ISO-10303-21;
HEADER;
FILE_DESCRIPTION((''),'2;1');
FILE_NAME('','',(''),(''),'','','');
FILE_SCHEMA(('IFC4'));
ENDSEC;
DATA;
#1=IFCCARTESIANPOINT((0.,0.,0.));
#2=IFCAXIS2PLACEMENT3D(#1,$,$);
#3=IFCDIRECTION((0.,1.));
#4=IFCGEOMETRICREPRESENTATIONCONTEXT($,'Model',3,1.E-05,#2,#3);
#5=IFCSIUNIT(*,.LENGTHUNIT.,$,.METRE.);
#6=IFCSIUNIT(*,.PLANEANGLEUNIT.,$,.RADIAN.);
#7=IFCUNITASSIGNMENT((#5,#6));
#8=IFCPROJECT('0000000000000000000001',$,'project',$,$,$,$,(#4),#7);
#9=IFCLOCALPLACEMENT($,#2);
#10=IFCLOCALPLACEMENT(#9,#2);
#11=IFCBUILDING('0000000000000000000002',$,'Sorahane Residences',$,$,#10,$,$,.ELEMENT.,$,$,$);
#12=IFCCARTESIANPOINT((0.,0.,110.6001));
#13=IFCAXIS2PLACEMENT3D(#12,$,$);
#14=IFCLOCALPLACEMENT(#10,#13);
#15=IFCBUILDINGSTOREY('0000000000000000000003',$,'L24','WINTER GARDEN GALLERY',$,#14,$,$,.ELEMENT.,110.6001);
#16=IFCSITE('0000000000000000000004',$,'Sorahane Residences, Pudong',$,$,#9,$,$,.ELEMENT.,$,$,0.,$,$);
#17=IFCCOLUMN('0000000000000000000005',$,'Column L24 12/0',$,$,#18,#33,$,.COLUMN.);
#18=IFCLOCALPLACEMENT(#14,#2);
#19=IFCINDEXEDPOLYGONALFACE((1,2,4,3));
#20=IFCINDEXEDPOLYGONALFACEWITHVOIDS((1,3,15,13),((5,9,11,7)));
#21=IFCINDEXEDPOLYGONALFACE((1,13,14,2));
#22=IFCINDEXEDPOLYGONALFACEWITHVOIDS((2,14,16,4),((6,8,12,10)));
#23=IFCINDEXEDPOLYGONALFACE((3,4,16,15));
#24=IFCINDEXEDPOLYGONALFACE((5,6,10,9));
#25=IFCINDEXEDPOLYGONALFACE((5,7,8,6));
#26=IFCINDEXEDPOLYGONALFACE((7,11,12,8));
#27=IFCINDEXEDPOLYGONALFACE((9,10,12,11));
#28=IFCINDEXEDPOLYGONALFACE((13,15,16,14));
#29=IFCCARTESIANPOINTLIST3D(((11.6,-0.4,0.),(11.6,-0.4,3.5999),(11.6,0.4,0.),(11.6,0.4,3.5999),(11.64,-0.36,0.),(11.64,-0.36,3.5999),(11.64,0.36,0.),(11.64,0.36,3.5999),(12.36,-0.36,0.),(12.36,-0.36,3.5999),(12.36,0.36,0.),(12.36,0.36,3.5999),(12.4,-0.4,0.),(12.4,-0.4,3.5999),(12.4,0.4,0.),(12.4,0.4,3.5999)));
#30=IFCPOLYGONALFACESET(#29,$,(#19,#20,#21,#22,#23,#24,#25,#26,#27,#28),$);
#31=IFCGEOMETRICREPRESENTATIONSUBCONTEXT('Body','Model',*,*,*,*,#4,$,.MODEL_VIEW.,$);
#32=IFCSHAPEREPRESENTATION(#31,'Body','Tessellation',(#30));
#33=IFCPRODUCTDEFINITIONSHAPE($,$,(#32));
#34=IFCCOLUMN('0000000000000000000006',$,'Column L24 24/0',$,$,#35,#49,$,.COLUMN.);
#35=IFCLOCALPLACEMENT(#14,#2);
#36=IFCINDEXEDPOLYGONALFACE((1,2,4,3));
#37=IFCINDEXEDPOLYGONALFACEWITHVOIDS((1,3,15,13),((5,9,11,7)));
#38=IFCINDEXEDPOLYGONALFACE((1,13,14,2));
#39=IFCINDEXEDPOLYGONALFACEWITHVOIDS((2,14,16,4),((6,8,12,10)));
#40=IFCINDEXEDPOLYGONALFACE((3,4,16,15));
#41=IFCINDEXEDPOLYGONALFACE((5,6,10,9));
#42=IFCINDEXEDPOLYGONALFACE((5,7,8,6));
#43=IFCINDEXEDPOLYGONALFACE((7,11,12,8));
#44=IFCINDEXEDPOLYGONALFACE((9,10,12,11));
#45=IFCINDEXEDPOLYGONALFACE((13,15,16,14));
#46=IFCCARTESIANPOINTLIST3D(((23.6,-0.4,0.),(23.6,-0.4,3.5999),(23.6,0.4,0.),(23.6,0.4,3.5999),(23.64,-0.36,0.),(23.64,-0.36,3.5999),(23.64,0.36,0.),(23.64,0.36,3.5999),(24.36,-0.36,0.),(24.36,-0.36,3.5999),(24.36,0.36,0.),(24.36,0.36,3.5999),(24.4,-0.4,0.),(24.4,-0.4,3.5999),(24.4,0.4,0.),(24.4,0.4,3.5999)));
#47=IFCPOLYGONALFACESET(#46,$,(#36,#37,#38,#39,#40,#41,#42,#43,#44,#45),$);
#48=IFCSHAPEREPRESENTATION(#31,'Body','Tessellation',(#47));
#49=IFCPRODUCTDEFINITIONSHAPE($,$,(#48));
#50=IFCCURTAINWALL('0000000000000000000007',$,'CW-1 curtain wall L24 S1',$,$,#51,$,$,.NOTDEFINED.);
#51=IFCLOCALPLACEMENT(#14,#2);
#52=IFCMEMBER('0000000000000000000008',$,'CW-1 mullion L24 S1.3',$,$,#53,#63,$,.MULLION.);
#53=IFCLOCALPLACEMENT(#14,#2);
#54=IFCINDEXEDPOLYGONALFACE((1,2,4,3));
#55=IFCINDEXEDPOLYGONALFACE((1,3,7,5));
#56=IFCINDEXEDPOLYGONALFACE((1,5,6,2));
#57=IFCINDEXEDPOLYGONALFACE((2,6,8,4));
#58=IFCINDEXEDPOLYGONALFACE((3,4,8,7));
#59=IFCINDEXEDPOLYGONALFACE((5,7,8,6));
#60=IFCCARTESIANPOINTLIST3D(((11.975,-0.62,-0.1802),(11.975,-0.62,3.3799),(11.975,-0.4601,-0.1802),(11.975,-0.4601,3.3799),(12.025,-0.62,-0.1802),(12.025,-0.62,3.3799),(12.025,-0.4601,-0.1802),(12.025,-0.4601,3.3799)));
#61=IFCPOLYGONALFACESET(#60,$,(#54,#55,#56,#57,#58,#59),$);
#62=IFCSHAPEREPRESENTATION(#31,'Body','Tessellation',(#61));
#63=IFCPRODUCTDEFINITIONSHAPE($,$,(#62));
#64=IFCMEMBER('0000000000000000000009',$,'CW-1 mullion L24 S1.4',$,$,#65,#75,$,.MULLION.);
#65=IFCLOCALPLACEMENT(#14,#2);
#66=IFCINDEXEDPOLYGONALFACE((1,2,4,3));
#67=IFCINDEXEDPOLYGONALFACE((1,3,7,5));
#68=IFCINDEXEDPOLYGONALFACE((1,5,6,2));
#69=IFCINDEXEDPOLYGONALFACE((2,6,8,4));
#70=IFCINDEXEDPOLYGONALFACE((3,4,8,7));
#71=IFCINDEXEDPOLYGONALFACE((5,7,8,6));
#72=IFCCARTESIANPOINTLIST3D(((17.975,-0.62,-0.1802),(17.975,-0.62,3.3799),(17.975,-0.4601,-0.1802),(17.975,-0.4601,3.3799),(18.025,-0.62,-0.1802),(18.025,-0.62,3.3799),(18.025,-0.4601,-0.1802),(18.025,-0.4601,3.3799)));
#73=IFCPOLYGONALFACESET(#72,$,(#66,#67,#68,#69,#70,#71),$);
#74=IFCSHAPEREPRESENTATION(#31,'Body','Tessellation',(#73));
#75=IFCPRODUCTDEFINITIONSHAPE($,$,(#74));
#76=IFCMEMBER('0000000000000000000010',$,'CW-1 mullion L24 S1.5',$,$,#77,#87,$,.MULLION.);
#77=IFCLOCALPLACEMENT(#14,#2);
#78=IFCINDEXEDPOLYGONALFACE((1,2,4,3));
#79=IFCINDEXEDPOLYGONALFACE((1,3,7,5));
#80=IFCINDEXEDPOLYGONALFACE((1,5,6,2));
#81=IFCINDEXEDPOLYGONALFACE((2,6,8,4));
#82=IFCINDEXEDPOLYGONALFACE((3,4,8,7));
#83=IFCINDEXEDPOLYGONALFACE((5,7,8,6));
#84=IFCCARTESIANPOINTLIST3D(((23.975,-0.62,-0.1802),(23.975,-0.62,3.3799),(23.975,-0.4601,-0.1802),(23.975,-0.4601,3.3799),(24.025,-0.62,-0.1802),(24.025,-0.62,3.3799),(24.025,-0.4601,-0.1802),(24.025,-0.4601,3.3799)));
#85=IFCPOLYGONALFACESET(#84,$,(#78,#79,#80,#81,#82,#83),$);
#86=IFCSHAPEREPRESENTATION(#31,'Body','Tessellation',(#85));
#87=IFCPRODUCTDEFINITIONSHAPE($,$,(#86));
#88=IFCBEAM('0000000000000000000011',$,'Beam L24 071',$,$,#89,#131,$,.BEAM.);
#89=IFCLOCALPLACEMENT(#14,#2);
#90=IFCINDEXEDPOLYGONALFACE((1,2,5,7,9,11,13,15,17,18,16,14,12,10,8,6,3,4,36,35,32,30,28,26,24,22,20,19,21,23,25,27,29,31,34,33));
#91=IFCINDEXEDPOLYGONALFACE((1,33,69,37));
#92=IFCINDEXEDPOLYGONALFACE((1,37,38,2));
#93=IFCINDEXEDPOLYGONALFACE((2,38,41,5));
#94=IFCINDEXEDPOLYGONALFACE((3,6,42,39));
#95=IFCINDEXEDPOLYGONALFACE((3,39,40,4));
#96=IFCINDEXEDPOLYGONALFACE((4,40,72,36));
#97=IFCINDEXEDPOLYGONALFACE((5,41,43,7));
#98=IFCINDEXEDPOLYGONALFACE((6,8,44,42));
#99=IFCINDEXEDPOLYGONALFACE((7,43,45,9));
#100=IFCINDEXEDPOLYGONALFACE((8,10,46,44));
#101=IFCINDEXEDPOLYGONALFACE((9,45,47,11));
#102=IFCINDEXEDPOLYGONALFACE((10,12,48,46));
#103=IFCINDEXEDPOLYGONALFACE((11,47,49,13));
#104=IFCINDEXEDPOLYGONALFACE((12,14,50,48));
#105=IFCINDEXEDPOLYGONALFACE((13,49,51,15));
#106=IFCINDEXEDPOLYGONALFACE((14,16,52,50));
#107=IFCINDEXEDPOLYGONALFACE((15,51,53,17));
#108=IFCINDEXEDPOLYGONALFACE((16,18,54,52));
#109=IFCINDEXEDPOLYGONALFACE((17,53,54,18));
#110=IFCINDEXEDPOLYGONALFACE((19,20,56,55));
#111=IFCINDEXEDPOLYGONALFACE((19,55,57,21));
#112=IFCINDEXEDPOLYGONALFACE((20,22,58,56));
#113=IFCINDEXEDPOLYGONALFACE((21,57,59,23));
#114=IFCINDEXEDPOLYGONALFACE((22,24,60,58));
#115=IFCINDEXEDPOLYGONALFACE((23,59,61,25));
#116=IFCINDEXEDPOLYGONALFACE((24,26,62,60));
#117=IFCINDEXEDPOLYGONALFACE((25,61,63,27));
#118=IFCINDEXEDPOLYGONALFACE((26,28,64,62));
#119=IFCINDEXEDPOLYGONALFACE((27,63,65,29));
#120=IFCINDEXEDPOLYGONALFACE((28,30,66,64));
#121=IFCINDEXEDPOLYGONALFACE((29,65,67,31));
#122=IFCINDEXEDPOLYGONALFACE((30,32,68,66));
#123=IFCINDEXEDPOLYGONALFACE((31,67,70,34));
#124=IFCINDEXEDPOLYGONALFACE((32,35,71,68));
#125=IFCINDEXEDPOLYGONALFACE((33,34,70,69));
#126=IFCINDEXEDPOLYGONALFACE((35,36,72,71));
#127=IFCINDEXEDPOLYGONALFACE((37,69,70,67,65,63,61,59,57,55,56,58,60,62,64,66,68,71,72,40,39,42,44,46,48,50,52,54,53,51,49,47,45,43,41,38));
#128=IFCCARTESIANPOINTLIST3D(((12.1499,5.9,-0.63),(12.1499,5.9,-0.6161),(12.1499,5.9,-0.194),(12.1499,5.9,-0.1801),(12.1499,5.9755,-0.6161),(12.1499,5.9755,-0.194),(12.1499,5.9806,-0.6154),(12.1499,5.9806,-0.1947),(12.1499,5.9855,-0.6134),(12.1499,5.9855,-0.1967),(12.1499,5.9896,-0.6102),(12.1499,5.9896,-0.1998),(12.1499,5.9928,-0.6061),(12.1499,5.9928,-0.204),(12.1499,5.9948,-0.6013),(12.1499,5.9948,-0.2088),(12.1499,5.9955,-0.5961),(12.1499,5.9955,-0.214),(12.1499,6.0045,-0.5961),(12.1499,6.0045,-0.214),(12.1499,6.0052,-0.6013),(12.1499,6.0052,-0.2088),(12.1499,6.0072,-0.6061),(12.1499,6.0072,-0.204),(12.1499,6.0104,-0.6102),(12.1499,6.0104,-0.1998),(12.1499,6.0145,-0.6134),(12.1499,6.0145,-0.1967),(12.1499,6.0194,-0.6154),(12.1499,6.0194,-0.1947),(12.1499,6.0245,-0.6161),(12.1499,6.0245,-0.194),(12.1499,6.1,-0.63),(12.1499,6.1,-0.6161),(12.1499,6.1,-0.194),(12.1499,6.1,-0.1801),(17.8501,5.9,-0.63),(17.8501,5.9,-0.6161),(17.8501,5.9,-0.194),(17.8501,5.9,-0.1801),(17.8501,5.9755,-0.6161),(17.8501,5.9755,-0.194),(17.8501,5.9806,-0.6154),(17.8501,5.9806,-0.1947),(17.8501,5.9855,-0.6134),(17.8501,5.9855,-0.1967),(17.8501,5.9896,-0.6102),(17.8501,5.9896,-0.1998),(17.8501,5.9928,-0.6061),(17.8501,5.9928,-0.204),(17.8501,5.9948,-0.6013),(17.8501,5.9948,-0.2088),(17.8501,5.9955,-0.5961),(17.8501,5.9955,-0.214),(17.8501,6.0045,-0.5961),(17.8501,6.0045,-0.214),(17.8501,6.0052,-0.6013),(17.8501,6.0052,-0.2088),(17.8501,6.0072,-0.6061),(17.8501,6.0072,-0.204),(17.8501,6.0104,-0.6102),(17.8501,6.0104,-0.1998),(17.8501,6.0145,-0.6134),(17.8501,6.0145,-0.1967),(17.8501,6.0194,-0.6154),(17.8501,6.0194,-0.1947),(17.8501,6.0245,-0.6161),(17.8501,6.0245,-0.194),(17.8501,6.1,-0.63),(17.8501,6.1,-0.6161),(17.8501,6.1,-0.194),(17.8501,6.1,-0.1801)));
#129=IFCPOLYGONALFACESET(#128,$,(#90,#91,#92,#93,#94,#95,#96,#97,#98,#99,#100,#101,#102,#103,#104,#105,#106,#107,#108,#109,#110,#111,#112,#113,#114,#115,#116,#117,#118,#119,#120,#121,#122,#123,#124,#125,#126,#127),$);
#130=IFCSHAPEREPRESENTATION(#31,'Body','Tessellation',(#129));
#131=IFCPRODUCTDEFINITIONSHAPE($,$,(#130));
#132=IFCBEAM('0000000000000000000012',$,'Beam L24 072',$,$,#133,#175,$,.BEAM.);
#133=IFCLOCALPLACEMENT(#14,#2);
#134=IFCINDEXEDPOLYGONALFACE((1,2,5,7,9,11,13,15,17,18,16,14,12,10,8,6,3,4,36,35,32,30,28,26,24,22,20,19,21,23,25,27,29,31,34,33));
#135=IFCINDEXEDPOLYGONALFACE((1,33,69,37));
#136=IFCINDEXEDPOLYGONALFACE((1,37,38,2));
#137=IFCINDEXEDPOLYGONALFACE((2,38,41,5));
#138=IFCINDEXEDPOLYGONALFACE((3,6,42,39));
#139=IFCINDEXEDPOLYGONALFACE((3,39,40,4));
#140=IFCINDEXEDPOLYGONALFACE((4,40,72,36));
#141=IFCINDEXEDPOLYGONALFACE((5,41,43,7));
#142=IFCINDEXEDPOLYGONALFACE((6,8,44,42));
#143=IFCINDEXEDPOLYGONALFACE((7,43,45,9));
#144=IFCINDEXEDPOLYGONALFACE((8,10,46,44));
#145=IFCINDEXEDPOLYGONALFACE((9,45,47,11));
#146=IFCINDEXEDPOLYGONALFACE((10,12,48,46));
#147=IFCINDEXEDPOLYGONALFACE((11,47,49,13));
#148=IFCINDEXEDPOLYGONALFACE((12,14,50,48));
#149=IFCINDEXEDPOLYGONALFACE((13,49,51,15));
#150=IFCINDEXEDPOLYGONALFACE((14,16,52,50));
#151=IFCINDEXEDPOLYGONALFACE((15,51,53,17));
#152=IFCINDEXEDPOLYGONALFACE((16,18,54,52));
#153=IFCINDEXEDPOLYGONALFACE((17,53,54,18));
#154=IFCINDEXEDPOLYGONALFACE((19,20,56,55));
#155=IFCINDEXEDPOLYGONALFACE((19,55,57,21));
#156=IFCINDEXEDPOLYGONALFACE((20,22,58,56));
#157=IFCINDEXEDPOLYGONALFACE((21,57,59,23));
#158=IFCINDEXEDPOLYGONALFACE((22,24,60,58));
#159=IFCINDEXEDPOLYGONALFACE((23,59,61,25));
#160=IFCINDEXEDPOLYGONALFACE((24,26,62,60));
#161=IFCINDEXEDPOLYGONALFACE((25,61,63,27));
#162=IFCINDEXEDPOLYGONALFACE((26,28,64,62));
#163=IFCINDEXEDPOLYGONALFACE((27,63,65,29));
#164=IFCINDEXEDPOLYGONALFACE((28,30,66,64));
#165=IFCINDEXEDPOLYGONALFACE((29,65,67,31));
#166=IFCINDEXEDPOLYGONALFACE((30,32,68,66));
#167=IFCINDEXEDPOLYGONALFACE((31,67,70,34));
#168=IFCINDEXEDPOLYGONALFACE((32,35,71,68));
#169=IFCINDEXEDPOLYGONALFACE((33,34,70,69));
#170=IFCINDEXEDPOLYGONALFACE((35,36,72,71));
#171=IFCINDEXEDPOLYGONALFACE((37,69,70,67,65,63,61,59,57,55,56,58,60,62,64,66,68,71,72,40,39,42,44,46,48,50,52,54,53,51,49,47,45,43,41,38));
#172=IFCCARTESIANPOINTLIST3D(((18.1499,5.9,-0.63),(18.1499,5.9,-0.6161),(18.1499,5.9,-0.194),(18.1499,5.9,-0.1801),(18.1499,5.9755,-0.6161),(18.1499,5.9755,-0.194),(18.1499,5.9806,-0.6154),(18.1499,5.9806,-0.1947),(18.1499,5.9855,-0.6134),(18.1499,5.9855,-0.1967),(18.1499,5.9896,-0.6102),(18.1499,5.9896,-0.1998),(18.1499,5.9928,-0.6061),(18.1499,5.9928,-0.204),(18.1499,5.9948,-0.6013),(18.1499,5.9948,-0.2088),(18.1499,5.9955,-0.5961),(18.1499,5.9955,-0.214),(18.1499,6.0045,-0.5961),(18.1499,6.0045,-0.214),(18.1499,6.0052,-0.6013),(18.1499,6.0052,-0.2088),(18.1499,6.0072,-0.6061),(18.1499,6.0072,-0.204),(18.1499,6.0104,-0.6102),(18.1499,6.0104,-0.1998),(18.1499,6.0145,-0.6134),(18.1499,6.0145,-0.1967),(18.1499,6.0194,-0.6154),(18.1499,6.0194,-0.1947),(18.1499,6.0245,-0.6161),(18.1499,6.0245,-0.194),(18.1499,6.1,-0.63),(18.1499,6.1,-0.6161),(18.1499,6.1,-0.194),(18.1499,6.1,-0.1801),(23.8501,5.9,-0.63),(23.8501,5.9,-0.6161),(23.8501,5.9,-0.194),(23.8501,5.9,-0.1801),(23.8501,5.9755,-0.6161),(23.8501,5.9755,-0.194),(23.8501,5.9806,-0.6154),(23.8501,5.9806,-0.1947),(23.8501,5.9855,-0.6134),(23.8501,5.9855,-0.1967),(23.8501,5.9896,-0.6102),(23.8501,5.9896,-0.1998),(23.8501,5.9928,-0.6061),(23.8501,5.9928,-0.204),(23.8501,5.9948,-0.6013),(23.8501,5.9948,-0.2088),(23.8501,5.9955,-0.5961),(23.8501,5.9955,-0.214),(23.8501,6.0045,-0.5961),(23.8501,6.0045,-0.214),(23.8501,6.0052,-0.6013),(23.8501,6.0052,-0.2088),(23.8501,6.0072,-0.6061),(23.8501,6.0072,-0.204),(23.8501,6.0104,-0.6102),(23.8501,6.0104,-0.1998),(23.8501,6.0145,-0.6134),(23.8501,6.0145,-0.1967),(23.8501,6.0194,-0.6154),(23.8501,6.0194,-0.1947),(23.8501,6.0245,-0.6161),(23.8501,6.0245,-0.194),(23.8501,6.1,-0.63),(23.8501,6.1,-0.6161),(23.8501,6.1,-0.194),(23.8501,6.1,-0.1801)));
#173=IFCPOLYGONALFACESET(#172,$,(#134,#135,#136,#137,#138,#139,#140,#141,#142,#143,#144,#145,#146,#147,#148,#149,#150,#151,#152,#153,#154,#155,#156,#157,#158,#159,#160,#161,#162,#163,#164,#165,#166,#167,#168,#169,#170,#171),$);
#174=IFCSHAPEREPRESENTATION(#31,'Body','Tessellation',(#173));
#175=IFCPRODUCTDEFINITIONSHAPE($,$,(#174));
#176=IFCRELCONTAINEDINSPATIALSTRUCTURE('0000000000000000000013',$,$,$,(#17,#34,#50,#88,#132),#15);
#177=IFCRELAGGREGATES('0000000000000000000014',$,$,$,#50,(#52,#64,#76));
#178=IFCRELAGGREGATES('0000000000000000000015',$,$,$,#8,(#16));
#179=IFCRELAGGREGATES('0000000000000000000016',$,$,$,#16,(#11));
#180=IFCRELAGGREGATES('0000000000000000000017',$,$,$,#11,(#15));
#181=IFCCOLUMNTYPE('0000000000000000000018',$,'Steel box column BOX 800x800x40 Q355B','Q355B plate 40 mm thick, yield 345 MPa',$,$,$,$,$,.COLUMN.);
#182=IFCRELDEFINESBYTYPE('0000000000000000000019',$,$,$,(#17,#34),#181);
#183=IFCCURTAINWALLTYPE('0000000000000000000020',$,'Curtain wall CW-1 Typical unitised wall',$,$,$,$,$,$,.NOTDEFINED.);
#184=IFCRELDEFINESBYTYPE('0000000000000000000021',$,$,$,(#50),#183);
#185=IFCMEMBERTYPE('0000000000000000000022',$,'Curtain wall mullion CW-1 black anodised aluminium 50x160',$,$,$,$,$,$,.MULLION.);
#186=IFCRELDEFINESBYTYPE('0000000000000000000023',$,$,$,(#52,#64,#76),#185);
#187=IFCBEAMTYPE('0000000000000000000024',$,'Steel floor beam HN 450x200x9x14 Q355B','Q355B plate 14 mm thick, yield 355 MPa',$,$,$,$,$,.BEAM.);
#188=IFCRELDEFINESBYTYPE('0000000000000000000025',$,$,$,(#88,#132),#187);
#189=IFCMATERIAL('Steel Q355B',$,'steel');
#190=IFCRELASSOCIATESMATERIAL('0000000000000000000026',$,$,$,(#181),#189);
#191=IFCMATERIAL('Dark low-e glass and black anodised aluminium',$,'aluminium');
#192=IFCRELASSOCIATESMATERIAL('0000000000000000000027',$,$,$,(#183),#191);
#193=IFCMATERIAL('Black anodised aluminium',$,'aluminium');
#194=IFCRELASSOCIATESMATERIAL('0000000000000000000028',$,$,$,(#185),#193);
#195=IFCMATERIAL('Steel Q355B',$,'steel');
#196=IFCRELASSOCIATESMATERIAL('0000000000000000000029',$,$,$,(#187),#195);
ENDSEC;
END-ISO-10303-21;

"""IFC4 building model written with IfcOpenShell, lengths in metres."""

from ifc_helpers import new_model, si_unit, direction, frame, origin, origin_2d, place, context, subcontext, project, spatial, rectangle, hollow_rectangle, i_section, extrude, material, material_profile, profile_set, type_object, element, aggregate, save


model = new_model("IFC4")

# Units and contexts
model_context = context("Model", 3, precision=1e-05, world=origin(), true_north=direction((0.0, 1.0)))
body_context = subcontext(model_context, "Body", "Model", "MODEL_VIEW")
ifc_project = project(units=[si_unit("LENGTHUNIT", "METRE"), si_unit("PLANEANGLEUNIT", "RADIAN")], contexts=[model_context])

# Site, building, storey
site_placement = place(None, origin())
site = spatial("IfcSite", under=ifc_project, at=site_placement, Name="Sorahane Residences, Pudong", CompositionType="ELEMENT", RefElevation=0.0)
building_placement = place(site_placement, origin())
building = spatial("IfcBuilding", under=site, at=building_placement, Name="Sorahane Residences", CompositionType="ELEMENT")
storey_placement = place(building_placement, frame((0.0, 0.0, 110.6001)))
storey = spatial("IfcBuildingStorey", under=building, at=storey_placement, Name="L24", Description="WINTER GARDEN GALLERY", CompositionType="ELEMENT", Elevation=110.6001)

# Columns
ifc_material_1 = material(Name="Steel Q355B", Category="steel")
ifc_material_profile_1 = material_profile(ifc_material_1, hollow_rectangle(XDim=0.8, YDim=0.8, WallThickness=0.04, at=origin_2d()), Name="BOX 800x800x40")
ifc_profile_set_1 = profile_set([ifc_material_profile_1], Name="Steel Q355B")
column_type = type_object("IfcColumnType", Name="Steel box column BOX 800x800x40 Q355B", Description="Q355B plate 40 mm thick, yield 345 MPa", PredefinedType="COLUMN", material=ifc_profile_set_1)
for number, where, z_axis, x_axis, name in (
    (1, (12.0, 0.0, 0.0), (0.0, 0.0, 1.0), (1.0, 0.0, 0.0), "Column L24 12/0"),
    (2, (24.0, 0.0, 0.0), (0.0, 0.0, 1.0), (1.0, 0.0, 0.0), "Column L24 24/0"),
):
    element("IfcColumn", number, at=place(storey_placement, frame(where, z_axis=z_axis, x_axis=x_axis)), inside=storey, type_object=column_type, Name=name, PredefinedType="COLUMN", context=body_context, shape_type="SweptSolid", body=[
        extrude(hollow_rectangle(XDim=0.8, YDim=0.8, WallThickness=0.04, at=origin_2d()), origin(), (0.0, 0.0, 1.0), 3.5999),
    ])

# Curtain wall, members
ifc_material_2 = material(Name="Dark low-e glass and black anodised aluminium", Category="aluminium")
curtain_wall_type = type_object("IfcCurtainWallType", Name="Curtain wall CW-1 Typical unitised wall", PredefinedType="NOTDEFINED", material=ifc_material_2)
curtain_wall_placement = place(storey_placement, origin())
curtain_wall = element("IfcCurtainWall", 3, at=curtain_wall_placement, inside=storey, type_object=curtain_wall_type, Name="CW-1 curtain wall L24 S1", PredefinedType="NOTDEFINED")
ifc_material_3 = material(Name="Black anodised aluminium", Category="aluminium")
ifc_material_profile_2 = material_profile(ifc_material_3, rectangle(XDim=0.1599, YDim=0.05, at=origin_2d()), Name="Curtain wall mullion CW-1 black anodised aluminium 50x160")
ifc_profile_set_2 = profile_set([ifc_material_profile_2], Name="Black anodised aluminium")
member_type = type_object("IfcMemberType", Name="Curtain wall mullion CW-1 black anodised aluminium 50x160", PredefinedType="MULLION", material=ifc_profile_set_2)
member_1_placement = place(storey_placement, frame((12.0, -0.54, -0.1802), z_axis=(0.0, 0.0, 1.0), x_axis=(0.0, -1.0, 0.0)))
member_1 = element("IfcMember", 4, at=member_1_placement, type_object=member_type, Name="CW-1 mullion L24 S1.3", PredefinedType="MULLION", context=body_context, shape_type="SweptSolid", body=[
    extrude(rectangle(XDim=0.1599, YDim=0.05, at=origin_2d()), origin(), (0.0, 0.0, 1.0), 3.5601),
])
member_2_placement = place(storey_placement, frame((18.0, -0.54, -0.1802), z_axis=(0.0, 0.0, 1.0), x_axis=(0.0, -1.0, 0.0)))
member_2 = element("IfcMember", 5, at=member_2_placement, type_object=member_type, Name="CW-1 mullion L24 S1.4", PredefinedType="MULLION", context=body_context, shape_type="SweptSolid", body=[
    extrude(rectangle(XDim=0.1599, YDim=0.05, at=origin_2d()), origin(), (0.0, 0.0, 1.0), 3.5601),
])
member_3_placement = place(storey_placement, frame((24.0, -0.54, -0.1802), z_axis=(0.0, 0.0, 1.0), x_axis=(0.0, -1.0, 0.0)))
member_3 = element("IfcMember", 6, at=member_3_placement, type_object=member_type, Name="CW-1 mullion L24 S1.5", PredefinedType="MULLION", context=body_context, shape_type="SweptSolid", body=[
    extrude(rectangle(XDim=0.1599, YDim=0.05, at=origin_2d()), origin(), (0.0, 0.0, 1.0), 3.5601),
])

# Beams
ifc_material_4 = material(Name="Steel Q355B", Category="steel")
ifc_material_profile_3 = material_profile(ifc_material_4, i_section(OverallWidth=0.2, OverallDepth=0.45, WebThickness=0.009, FlangeThickness=0.0139, FilletRadius=0.02, at=origin_2d()), Name="HN 450x200x9x14")
ifc_profile_set_3 = profile_set([ifc_material_profile_3], Name="Steel Q355B")
beam_type_1 = type_object("IfcBeamType", Name="Steel floor beam HN 450x200x9x14 Q355B", Description="Q355B plate 14 mm thick, yield 355 MPa", PredefinedType="BEAM", material=ifc_profile_set_3)
for number, where, z_axis, x_axis, name in (
    (7, (12.1499, 6.0, -0.405), (1.0, 0.0, 0.0), (0.0, 1.0, 0.0), "Beam L24 071"),
    (8, (18.1499, 6.0, -0.405), (1.0, 0.0, 0.0), (0.0, 1.0, 0.0), "Beam L24 072"),
):
    element("IfcBeam", number, at=place(storey_placement, frame(where, z_axis=z_axis, x_axis=x_axis)), inside=storey, type_object=beam_type_1, Name=name, PredefinedType="BEAM", context=body_context, shape_type="SweptSolid", body=[
        extrude(i_section(OverallWidth=0.2, OverallDepth=0.45, WebThickness=0.009, FlangeThickness=0.0139, FilletRadius=0.02, at=origin_2d()), origin(), (0.0, 0.0, 1.0), 5.7002),
    ])

aggregate(curtain_wall, [member_1, member_2, member_3])

save(model, "model.ifc")
